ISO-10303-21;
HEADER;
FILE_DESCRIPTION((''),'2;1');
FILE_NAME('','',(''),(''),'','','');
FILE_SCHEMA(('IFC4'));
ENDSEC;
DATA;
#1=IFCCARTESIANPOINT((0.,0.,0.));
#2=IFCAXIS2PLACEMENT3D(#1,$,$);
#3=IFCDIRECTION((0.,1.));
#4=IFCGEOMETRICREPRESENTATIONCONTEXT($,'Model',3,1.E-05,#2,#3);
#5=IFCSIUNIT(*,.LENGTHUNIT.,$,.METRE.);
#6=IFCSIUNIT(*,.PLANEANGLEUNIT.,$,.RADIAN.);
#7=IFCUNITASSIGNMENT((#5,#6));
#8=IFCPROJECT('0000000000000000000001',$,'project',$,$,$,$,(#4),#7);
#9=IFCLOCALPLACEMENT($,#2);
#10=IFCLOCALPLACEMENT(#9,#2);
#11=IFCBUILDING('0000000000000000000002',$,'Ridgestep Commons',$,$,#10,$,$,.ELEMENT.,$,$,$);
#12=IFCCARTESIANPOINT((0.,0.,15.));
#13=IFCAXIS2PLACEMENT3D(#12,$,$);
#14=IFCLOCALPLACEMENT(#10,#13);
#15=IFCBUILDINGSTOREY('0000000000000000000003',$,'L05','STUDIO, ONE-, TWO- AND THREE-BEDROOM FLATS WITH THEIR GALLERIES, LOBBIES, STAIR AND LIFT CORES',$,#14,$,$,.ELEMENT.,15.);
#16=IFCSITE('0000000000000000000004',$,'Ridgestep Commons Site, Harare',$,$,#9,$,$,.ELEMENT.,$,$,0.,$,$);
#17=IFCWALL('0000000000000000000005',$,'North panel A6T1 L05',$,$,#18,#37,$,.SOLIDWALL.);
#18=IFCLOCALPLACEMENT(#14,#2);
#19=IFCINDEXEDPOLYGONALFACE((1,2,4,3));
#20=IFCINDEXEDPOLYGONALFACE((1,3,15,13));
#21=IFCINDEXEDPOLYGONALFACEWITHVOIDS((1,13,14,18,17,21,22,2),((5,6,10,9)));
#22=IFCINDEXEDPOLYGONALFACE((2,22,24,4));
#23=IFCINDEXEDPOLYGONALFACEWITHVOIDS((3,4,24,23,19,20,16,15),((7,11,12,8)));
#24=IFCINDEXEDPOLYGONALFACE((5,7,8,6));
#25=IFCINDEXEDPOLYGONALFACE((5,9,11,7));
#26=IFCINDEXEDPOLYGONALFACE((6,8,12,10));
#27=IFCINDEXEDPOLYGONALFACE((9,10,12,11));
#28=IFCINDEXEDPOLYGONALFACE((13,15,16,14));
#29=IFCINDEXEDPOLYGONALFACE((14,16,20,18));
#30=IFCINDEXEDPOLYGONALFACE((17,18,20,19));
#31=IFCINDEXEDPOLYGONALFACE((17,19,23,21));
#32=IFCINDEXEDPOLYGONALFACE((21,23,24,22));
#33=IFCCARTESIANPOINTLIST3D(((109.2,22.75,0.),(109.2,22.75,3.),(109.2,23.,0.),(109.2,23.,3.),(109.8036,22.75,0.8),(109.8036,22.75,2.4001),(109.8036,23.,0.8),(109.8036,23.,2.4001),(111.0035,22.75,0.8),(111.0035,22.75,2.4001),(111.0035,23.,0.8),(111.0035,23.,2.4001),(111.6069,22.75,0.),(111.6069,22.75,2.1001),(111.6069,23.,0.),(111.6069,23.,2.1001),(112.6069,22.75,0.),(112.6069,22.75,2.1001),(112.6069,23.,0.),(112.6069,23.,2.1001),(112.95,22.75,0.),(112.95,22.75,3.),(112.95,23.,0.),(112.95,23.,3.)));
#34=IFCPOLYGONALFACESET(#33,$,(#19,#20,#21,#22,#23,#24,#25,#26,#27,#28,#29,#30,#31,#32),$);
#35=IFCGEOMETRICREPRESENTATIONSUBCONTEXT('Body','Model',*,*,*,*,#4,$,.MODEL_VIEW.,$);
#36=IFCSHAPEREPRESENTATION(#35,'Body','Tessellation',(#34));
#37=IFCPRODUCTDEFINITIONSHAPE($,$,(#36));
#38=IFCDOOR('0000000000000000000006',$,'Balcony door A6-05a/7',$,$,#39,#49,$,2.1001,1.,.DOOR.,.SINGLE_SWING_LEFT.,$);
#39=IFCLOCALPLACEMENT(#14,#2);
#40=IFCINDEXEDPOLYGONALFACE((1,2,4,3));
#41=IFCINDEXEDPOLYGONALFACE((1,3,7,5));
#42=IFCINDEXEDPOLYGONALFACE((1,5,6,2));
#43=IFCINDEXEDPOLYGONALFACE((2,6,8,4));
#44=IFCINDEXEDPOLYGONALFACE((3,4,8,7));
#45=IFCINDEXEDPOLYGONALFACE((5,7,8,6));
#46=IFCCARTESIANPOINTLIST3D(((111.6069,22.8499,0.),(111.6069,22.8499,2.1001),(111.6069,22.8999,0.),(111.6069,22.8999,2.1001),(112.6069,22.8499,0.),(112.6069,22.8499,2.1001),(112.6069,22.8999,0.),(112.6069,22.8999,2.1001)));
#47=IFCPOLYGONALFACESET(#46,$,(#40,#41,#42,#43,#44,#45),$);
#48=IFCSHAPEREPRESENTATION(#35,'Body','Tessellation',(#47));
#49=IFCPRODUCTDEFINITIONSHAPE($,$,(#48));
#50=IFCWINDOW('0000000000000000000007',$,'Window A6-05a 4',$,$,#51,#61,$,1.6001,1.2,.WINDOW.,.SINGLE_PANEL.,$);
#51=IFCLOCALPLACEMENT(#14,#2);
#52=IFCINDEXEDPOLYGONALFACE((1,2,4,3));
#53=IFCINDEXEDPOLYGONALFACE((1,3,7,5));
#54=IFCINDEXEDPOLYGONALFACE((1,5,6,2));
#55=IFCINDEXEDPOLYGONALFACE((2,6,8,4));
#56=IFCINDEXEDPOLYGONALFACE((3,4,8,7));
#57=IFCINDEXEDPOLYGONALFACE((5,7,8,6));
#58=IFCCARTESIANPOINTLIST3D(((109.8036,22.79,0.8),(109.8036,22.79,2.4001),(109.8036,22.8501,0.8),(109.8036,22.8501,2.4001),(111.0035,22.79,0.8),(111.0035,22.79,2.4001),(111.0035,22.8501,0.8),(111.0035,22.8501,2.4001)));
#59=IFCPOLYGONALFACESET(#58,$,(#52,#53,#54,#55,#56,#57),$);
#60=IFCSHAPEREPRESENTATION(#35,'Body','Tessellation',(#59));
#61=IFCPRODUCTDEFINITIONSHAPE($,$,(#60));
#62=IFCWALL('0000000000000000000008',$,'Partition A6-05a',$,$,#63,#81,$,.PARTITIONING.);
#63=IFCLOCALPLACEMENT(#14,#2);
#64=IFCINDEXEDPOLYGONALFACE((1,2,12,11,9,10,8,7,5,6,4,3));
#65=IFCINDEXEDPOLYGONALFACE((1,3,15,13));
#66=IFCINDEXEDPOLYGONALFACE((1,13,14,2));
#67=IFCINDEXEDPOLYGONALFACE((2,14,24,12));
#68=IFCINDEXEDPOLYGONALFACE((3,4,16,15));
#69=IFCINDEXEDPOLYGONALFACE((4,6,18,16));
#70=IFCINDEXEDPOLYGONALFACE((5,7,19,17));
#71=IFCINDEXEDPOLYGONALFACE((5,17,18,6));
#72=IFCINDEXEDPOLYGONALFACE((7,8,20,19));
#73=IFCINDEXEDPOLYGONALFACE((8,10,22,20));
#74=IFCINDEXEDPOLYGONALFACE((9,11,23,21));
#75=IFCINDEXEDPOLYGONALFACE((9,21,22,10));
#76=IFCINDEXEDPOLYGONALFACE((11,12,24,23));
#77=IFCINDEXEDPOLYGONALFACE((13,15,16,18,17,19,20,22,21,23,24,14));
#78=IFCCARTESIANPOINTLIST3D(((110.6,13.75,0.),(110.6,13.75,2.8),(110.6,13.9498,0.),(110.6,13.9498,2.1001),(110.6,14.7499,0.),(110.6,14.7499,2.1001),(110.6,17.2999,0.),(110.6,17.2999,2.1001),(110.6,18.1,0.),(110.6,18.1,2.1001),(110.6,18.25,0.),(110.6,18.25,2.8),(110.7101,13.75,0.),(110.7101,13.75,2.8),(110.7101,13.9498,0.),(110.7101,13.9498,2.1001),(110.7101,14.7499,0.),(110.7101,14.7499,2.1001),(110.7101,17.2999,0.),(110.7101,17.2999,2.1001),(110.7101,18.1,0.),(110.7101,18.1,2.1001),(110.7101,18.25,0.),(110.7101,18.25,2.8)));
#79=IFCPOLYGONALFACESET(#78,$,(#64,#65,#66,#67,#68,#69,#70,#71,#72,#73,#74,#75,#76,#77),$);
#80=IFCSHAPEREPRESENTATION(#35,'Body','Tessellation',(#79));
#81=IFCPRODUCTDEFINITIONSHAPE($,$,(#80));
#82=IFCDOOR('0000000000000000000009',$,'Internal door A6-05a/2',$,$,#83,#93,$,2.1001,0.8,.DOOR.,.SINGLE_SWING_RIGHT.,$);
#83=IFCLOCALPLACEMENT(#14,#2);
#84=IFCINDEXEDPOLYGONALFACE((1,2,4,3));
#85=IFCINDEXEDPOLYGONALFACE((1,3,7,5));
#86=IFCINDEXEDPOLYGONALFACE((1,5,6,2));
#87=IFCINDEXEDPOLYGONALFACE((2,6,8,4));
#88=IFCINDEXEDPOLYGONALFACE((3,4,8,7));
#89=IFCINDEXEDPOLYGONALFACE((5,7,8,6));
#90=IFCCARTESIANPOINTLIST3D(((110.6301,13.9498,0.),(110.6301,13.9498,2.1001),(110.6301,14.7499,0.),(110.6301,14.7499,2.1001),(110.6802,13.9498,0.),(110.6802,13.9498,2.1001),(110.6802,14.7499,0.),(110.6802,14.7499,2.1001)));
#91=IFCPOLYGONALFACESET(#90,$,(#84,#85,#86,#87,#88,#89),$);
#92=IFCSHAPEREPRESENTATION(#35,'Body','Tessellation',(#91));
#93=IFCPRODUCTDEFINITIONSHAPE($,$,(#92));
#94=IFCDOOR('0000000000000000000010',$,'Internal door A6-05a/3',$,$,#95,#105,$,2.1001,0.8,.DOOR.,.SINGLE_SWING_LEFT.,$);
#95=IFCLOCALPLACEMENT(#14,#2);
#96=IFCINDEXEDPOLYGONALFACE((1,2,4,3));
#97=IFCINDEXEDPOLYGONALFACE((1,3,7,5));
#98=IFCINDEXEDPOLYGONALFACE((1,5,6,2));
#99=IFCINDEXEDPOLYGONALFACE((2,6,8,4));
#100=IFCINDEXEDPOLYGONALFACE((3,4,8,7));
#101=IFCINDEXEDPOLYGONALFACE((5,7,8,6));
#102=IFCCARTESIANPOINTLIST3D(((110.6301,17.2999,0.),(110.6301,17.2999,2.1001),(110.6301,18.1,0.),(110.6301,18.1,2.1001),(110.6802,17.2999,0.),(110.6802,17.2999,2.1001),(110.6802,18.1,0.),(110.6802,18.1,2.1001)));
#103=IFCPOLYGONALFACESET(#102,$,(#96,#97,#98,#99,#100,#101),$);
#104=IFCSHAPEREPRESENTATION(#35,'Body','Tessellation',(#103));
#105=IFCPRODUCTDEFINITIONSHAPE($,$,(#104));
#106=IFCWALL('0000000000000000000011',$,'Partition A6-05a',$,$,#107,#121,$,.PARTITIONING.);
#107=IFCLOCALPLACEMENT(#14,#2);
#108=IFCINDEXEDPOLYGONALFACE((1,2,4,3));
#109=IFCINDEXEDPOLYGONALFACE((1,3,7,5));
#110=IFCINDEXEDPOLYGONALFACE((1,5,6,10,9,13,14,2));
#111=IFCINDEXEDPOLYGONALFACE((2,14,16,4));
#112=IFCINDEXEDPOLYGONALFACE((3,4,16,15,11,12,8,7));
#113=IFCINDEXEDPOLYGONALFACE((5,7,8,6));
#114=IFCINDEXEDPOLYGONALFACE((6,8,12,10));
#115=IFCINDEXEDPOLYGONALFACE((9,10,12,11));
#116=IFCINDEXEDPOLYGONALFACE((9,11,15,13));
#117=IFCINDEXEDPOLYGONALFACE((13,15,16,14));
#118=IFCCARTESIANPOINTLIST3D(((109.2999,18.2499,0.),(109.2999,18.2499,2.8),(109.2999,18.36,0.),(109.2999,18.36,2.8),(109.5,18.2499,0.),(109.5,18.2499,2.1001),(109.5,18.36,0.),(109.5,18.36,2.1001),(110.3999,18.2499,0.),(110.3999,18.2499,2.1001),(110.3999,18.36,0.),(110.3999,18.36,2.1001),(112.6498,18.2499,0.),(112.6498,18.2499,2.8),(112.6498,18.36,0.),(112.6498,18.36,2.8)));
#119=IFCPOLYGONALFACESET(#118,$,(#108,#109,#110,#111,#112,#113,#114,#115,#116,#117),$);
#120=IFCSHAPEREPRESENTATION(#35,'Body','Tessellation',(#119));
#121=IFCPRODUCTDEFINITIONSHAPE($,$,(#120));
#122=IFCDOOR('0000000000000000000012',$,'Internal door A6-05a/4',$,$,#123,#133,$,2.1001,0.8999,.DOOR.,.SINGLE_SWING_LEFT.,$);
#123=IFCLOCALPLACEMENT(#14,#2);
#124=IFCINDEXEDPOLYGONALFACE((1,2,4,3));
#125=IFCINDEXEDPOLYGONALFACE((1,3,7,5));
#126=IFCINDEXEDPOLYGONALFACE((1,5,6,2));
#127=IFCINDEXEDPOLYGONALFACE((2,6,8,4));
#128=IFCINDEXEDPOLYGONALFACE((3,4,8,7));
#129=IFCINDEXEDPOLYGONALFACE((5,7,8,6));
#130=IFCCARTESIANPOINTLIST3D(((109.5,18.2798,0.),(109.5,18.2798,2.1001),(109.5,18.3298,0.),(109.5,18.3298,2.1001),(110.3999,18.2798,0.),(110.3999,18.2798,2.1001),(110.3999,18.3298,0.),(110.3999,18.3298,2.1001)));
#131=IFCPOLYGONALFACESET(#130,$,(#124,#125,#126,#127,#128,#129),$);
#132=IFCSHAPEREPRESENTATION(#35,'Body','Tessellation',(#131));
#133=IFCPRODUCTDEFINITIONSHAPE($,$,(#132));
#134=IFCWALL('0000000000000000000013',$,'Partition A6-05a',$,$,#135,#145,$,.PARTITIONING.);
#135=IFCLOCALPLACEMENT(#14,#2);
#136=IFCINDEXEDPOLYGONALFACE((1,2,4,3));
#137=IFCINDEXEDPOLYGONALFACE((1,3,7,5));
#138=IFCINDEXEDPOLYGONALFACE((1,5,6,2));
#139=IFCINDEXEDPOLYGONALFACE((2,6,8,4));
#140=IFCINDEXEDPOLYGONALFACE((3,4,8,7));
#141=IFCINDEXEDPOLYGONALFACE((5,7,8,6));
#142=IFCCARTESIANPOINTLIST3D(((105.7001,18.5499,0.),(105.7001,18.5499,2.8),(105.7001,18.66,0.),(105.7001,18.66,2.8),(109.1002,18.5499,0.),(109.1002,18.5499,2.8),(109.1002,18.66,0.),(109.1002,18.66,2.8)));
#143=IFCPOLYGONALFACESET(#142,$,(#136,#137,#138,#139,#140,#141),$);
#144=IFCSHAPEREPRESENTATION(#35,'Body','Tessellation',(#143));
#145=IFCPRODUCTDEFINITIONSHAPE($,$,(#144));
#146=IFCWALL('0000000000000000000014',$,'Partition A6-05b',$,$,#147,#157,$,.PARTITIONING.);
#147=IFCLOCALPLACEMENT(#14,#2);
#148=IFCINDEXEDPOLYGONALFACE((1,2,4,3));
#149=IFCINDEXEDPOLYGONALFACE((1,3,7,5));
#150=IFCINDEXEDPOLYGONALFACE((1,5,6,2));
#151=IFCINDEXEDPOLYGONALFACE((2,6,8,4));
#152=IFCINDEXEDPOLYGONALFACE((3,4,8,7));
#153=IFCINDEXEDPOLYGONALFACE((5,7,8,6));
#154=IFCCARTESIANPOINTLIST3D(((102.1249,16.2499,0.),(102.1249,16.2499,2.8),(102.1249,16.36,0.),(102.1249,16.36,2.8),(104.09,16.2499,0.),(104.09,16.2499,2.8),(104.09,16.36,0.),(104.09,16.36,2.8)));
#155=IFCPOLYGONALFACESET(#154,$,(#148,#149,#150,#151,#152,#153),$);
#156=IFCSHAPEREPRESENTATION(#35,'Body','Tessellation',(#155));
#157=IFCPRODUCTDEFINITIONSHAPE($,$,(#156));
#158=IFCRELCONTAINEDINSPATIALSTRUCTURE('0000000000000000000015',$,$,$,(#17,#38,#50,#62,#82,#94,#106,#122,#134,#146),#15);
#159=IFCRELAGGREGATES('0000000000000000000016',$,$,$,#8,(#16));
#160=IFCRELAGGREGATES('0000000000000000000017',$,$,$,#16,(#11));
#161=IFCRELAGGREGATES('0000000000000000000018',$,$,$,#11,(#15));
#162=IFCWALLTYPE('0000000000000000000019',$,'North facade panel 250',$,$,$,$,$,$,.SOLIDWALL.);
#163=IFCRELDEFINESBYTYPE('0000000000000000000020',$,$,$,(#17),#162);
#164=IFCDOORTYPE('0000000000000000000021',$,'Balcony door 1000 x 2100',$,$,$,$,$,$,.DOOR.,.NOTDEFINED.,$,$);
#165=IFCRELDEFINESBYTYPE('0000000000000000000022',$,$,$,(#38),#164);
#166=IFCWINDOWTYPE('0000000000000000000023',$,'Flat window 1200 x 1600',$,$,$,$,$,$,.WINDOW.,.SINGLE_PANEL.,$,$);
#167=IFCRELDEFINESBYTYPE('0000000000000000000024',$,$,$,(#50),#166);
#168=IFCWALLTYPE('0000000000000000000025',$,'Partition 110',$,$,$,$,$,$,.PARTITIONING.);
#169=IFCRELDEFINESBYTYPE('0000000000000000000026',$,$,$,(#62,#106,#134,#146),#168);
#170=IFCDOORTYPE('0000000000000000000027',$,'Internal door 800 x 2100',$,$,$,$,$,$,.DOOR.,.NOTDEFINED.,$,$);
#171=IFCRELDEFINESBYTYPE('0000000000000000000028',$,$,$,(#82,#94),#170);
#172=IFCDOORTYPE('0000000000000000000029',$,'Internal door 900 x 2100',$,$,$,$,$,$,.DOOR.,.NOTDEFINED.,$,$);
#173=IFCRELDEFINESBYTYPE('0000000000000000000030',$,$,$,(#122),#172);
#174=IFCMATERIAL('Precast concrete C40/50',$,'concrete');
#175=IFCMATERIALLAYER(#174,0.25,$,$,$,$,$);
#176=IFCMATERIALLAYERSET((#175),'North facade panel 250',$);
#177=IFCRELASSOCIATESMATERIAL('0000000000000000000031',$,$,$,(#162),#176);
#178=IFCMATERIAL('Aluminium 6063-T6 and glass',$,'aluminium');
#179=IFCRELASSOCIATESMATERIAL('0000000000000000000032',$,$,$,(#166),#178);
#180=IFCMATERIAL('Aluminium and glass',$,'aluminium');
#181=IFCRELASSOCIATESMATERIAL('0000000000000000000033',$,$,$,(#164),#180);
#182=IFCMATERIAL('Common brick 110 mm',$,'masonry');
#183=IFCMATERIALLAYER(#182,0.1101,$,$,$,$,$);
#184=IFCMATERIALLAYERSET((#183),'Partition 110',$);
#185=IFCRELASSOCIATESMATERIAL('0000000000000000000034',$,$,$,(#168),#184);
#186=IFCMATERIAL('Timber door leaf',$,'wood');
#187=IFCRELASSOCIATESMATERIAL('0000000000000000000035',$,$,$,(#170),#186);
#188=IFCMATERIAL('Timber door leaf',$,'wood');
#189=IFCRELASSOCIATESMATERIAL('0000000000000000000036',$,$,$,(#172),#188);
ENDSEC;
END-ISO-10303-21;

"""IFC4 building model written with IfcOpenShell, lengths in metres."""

from ifc_helpers import new_model, si_unit, direction, frame, frame_2d, origin, place, context, subcontext, project, spatial, rectangle, extrude, material, layer, layer_set, type_object, element, fill, save


model = new_model("IFC4")

# Units and contexts
model_context = context("Model", 3, precision=1e-05, world=origin(), true_north=direction((0.0, 1.0)))
body_context = subcontext(model_context, "Body", "Model", "MODEL_VIEW")
ifc_project = project(units=[si_unit("LENGTHUNIT", "METRE"), si_unit("PLANEANGLEUNIT", "RADIAN")], contexts=[model_context])

# Site, building, storey
site_placement = place(None, origin())
site = spatial("IfcSite", under=ifc_project, at=site_placement, Name="Ridgestep Commons Site, Harare", CompositionType="ELEMENT", RefElevation=0.0)
building_placement = place(site_placement, origin())
building = spatial("IfcBuilding", under=site, at=building_placement, Name="Ridgestep Commons", CompositionType="ELEMENT")
storey_placement = place(building_placement, frame((0.0, 0.0, 15.0)))
storey = spatial("IfcBuildingStorey", under=building, at=storey_placement, Name="L05", Description="STUDIO, ONE-, TWO- AND THREE-BEDROOM FLATS WITH THEIR GALLERIES, LOBBIES, STAIR AND LIFT CORES", CompositionType="ELEMENT", Elevation=15.0)

# Shared definitions
ifc_material_1 = material(Name="Precast concrete C40/50", Category="concrete")
ifc_layer_1 = layer(ifc_material_1, 0.25)
ifc_layer_set_1 = layer_set([ifc_layer_1], Name="North facade panel 250")
wall_type_1 = type_object("IfcWallType", Name="North facade panel 250", PredefinedType="SOLIDWALL", material=ifc_layer_set_1)
ifc_material_2 = material(Name="Aluminium 6063-T6 and glass", Category="aluminium")
window_type = type_object("IfcWindowType", Name="Flat window 1200 x 1600", PartitioningType="SINGLE_PANEL", PredefinedType="WINDOW", material=ifc_material_2)

# Wall, openings, door, window
wall_1_placement = place(storey_placement, frame((109.2, 22.875, 0.0), z_axis=(0.0, 0.0, 1.0), x_axis=(1.0, 0.0, 0.0)))
wall_1 = element("IfcWall", 1, at=wall_1_placement, inside=storey, type_object=wall_type_1, Name="North panel A6T1 L05", PredefinedType="SOLIDWALL", context=body_context, shape_type="SweptSolid", body=[
    extrude(rectangle(XDim=3.75, YDim=0.25, at=frame_2d((1.875, 0.0))), origin(), (0.0, 0.0, 1.0), 3.0),
])
opening_1_placement = place(wall_1_placement, frame((0.6035, 0.0, 0.8)))
opening_1 = element("IfcOpeningElement", 2, at=opening_1_placement, cuts=wall_1, PredefinedType="OPENING", context=body_context, shape_type="SweptSolid", body=[
    extrude(rectangle(XDim=1.2, YDim=1.6001, at=frame_2d((0.6001, 0.8))), frame((0.0, 0.135, 0.0), z_axis=(0.0, -1.0, 0.0), x_axis=(1.0, 0.0, 0.0)), (0.0, 0.0, 1.0), 0.27),
])
opening_2_placement = place(wall_1_placement, frame((2.407, 0.0, 0.0)))
opening_2 = element("IfcOpeningElement", 3, at=opening_2_placement, cuts=wall_1, PredefinedType="OPENING", context=body_context, shape_type="SweptSolid", body=[
    extrude(rectangle(XDim=1.0, YDim=2.1001, at=frame_2d((0.5, 1.05))), frame((0.0, 0.135, 0.0), z_axis=(0.0, -1.0, 0.0), x_axis=(1.0, 0.0, 0.0)), (0.0, 0.0, 1.0), 0.27),
])
ifc_material_3 = material(Name="Aluminium and glass", Category="aluminium")
door_type_1 = type_object("IfcDoorType", Name="Balcony door 1000 x 2100", OperationType="NOTDEFINED", PredefinedType="DOOR", material=ifc_material_3)
door_1_placement = place(opening_2_placement, origin())
door_1 = element("IfcDoor", 4, at=door_1_placement, inside=storey, type_object=door_type_1, Name="Balcony door A6-05a/7", OperationType="SINGLE_SWING_LEFT", OverallHeight=2.1001, OverallWidth=1.0, PredefinedType="DOOR", context=body_context, shape_type="SweptSolid", body=[
    extrude(rectangle(XDim=1.0, YDim=2.1001, at=frame_2d((0.5, 1.05))), frame((0.0, 0.0249, 0.0), z_axis=(0.0, -1.0, 0.0), x_axis=(1.0, 0.0, 0.0)), (0.0, 0.0, 1.0), 0.05),
])
fill(opening_2, door_1)
window_1_placement = place(opening_1_placement, origin())
window_1 = element("IfcWindow", 5, at=window_1_placement, inside=storey, type_object=window_type, Name="Window A6-05a 4", OverallHeight=1.6001, OverallWidth=1.2, PartitioningType="SINGLE_PANEL", PredefinedType="WINDOW", context=body_context, shape_type="SweptSolid", body=[
    extrude(rectangle(XDim=1.2, YDim=1.6001, at=frame_2d((0.6001, 0.8))), frame((0.0, -0.0249, 0.0), z_axis=(0.0, -1.0, 0.0), x_axis=(1.0, 0.0, 0.0)), (0.0, 0.0, 1.0), 0.0601),
])
fill(opening_1, window_1)

# Wall, openings, doors
ifc_material_4 = material(Name="Common brick 110 mm", Category="masonry")
ifc_layer_2 = layer(ifc_material_4, 0.1101)
ifc_layer_set_2 = layer_set([ifc_layer_2], Name="Partition 110")
wall_type_2 = type_object("IfcWallType", Name="Partition 110", PredefinedType="PARTITIONING", material=ifc_layer_set_2)
wall_2_placement = place(storey_placement, frame((110.655, 13.75, 0.0), z_axis=(0.0, 0.0, 1.0), x_axis=(0.0, 1.0, 0.0)))
wall_2 = element("IfcWall", 6, at=wall_2_placement, inside=storey, type_object=wall_type_2, Name="Partition A6-05a", PredefinedType="PARTITIONING", context=body_context, shape_type="SweptSolid", body=[
    extrude(rectangle(XDim=4.5, YDim=0.1101, at=frame_2d((2.25, 0.0))), origin(), (0.0, 0.0, 1.0), 2.8),
])
opening_3_placement = place(wall_2_placement, frame((0.2, 0.0, 0.0)))
opening_3 = element("IfcOpeningElement", 7, at=opening_3_placement, cuts=wall_2, PredefinedType="OPENING", context=body_context, shape_type="SweptSolid", body=[
    extrude(rectangle(XDim=0.8, YDim=2.1001, at=frame_2d((0.3999, 1.05))), frame((0.0, 0.0649, 0.0), z_axis=(0.0, -1.0, 0.0), x_axis=(1.0, 0.0, 0.0)), (0.0, 0.0, 1.0), 0.1301),
])
opening_4_placement = place(wall_2_placement, frame((3.55, 0.0, 0.0)))
opening_4 = element("IfcOpeningElement", 8, at=opening_4_placement, cuts=wall_2, PredefinedType="OPENING", context=body_context, shape_type="SweptSolid", body=[
    extrude(rectangle(XDim=0.8, YDim=2.1001, at=frame_2d((0.3999, 1.05))), frame((0.0, 0.0649, 0.0), z_axis=(0.0, -1.0, 0.0), x_axis=(1.0, 0.0, 0.0)), (0.0, 0.0, 1.0), 0.1301),
])
ifc_material_5 = material(Name="Timber door leaf", Category="wood")
door_type_2 = type_object("IfcDoorType", Name="Internal door 800 x 2100", OperationType="NOTDEFINED", PredefinedType="DOOR", material=ifc_material_5)
door_2_placement = place(opening_3_placement, origin())
door_2 = element("IfcDoor", 9, at=door_2_placement, inside=storey, type_object=door_type_2, Name="Internal door A6-05a/2", OperationType="SINGLE_SWING_RIGHT", OverallHeight=2.1001, OverallWidth=0.8, PredefinedType="DOOR", context=body_context, shape_type="SweptSolid", body=[
    extrude(rectangle(XDim=0.8, YDim=2.1001, at=frame_2d((0.3999, 1.05))), frame((0.0, 0.0249, 0.0), z_axis=(0.0, -1.0, 0.0), x_axis=(1.0, 0.0, 0.0)), (0.0, 0.0, 1.0), 0.05),
])
fill(opening_3, door_2)
door_3_placement = place(opening_4_placement, origin())
door_3 = element("IfcDoor", 10, at=door_3_placement, inside=storey, type_object=door_type_2, Name="Internal door A6-05a/3", OperationType="SINGLE_SWING_LEFT", OverallHeight=2.1001, OverallWidth=0.8, PredefinedType="DOOR", context=body_context, shape_type="SweptSolid", body=[
    extrude(rectangle(XDim=0.8, YDim=2.1001, at=frame_2d((0.3999, 1.05))), frame((0.0, 0.0249, 0.0), z_axis=(0.0, -1.0, 0.0), x_axis=(1.0, 0.0, 0.0)), (0.0, 0.0, 1.0), 0.05),
])
fill(opening_4, door_3)

# Wall, opening, door
wall_3_placement = place(storey_placement, frame((109.3, 18.3049, 0.0), z_axis=(0.0, 0.0, 1.0), x_axis=(1.0, 0.0, 0.0)))
wall_3 = element("IfcWall", 11, at=wall_3_placement, inside=storey, type_object=wall_type_2, Name="Partition A6-05a", PredefinedType="PARTITIONING", context=body_context, shape_type="SweptSolid", body=[
    extrude(rectangle(XDim=3.3499, YDim=0.1101, at=frame_2d((1.6748, 0.0))), origin(), (0.0, 0.0, 1.0), 2.8),
])
opening_5_placement = place(wall_3_placement, frame((0.2, 0.0, 0.0)))
opening_5 = element("IfcOpeningElement", 12, at=opening_5_placement, cuts=wall_3, PredefinedType="OPENING", context=body_context, shape_type="SweptSolid", body=[
    extrude(rectangle(XDim=0.8999, YDim=2.1001, at=frame_2d((0.45, 1.05))), frame((0.0, 0.0649, 0.0), z_axis=(0.0, -1.0, 0.0), x_axis=(1.0, 0.0, 0.0)), (0.0, 0.0, 1.0), 0.1301),
])
ifc_material_6 = material(Name="Timber door leaf", Category="wood")
door_type_3 = type_object("IfcDoorType", Name="Internal door 900 x 2100", OperationType="NOTDEFINED", PredefinedType="DOOR", material=ifc_material_6)
door_4_placement = place(opening_5_placement, origin())
door_4 = element("IfcDoor", 13, at=door_4_placement, inside=storey, type_object=door_type_3, Name="Internal door A6-05a/4", OperationType="SINGLE_SWING_LEFT", OverallHeight=2.1001, OverallWidth=0.8999, PredefinedType="DOOR", context=body_context, shape_type="SweptSolid", body=[
    extrude(rectangle(XDim=0.8999, YDim=2.1001, at=frame_2d((0.45, 1.05))), frame((0.0, 0.0249, 0.0), z_axis=(0.0, -1.0, 0.0), x_axis=(1.0, 0.0, 0.0)), (0.0, 0.0, 1.0), 0.05),
])
fill(opening_5, door_4)

# Walls
wall_4_placement = place(storey_placement, frame((105.7, 18.605, 0.0), z_axis=(0.0, 0.0, 1.0), x_axis=(1.0, 0.0, 0.0)))
element("IfcWall", 14, at=wall_4_placement, inside=storey, type_object=wall_type_2, Name="Partition A6-05a", PredefinedType="PARTITIONING", context=body_context, shape_type="SweptSolid", body=[
    extrude(rectangle(XDim=3.4001, YDim=0.1101, at=frame_2d((1.7002, 0.0))), origin(), (0.0, 0.0, 1.0), 2.8),
])
wall_5_placement = place(storey_placement, frame((102.125, 16.3049, 0.0), z_axis=(0.0, 0.0, 1.0), x_axis=(1.0, 0.0, 0.0)))
element("IfcWall", 15, at=wall_5_placement, inside=storey, type_object=wall_type_2, Name="Partition A6-05b", PredefinedType="PARTITIONING", context=body_context, shape_type="SweptSolid", body=[
    extrude(rectangle(XDim=1.9651, YDim=0.1101, at=frame_2d((0.9824, 0.0))), origin(), (0.0, 0.0, 1.0), 2.8),
])

save(model, "model.ifc")
